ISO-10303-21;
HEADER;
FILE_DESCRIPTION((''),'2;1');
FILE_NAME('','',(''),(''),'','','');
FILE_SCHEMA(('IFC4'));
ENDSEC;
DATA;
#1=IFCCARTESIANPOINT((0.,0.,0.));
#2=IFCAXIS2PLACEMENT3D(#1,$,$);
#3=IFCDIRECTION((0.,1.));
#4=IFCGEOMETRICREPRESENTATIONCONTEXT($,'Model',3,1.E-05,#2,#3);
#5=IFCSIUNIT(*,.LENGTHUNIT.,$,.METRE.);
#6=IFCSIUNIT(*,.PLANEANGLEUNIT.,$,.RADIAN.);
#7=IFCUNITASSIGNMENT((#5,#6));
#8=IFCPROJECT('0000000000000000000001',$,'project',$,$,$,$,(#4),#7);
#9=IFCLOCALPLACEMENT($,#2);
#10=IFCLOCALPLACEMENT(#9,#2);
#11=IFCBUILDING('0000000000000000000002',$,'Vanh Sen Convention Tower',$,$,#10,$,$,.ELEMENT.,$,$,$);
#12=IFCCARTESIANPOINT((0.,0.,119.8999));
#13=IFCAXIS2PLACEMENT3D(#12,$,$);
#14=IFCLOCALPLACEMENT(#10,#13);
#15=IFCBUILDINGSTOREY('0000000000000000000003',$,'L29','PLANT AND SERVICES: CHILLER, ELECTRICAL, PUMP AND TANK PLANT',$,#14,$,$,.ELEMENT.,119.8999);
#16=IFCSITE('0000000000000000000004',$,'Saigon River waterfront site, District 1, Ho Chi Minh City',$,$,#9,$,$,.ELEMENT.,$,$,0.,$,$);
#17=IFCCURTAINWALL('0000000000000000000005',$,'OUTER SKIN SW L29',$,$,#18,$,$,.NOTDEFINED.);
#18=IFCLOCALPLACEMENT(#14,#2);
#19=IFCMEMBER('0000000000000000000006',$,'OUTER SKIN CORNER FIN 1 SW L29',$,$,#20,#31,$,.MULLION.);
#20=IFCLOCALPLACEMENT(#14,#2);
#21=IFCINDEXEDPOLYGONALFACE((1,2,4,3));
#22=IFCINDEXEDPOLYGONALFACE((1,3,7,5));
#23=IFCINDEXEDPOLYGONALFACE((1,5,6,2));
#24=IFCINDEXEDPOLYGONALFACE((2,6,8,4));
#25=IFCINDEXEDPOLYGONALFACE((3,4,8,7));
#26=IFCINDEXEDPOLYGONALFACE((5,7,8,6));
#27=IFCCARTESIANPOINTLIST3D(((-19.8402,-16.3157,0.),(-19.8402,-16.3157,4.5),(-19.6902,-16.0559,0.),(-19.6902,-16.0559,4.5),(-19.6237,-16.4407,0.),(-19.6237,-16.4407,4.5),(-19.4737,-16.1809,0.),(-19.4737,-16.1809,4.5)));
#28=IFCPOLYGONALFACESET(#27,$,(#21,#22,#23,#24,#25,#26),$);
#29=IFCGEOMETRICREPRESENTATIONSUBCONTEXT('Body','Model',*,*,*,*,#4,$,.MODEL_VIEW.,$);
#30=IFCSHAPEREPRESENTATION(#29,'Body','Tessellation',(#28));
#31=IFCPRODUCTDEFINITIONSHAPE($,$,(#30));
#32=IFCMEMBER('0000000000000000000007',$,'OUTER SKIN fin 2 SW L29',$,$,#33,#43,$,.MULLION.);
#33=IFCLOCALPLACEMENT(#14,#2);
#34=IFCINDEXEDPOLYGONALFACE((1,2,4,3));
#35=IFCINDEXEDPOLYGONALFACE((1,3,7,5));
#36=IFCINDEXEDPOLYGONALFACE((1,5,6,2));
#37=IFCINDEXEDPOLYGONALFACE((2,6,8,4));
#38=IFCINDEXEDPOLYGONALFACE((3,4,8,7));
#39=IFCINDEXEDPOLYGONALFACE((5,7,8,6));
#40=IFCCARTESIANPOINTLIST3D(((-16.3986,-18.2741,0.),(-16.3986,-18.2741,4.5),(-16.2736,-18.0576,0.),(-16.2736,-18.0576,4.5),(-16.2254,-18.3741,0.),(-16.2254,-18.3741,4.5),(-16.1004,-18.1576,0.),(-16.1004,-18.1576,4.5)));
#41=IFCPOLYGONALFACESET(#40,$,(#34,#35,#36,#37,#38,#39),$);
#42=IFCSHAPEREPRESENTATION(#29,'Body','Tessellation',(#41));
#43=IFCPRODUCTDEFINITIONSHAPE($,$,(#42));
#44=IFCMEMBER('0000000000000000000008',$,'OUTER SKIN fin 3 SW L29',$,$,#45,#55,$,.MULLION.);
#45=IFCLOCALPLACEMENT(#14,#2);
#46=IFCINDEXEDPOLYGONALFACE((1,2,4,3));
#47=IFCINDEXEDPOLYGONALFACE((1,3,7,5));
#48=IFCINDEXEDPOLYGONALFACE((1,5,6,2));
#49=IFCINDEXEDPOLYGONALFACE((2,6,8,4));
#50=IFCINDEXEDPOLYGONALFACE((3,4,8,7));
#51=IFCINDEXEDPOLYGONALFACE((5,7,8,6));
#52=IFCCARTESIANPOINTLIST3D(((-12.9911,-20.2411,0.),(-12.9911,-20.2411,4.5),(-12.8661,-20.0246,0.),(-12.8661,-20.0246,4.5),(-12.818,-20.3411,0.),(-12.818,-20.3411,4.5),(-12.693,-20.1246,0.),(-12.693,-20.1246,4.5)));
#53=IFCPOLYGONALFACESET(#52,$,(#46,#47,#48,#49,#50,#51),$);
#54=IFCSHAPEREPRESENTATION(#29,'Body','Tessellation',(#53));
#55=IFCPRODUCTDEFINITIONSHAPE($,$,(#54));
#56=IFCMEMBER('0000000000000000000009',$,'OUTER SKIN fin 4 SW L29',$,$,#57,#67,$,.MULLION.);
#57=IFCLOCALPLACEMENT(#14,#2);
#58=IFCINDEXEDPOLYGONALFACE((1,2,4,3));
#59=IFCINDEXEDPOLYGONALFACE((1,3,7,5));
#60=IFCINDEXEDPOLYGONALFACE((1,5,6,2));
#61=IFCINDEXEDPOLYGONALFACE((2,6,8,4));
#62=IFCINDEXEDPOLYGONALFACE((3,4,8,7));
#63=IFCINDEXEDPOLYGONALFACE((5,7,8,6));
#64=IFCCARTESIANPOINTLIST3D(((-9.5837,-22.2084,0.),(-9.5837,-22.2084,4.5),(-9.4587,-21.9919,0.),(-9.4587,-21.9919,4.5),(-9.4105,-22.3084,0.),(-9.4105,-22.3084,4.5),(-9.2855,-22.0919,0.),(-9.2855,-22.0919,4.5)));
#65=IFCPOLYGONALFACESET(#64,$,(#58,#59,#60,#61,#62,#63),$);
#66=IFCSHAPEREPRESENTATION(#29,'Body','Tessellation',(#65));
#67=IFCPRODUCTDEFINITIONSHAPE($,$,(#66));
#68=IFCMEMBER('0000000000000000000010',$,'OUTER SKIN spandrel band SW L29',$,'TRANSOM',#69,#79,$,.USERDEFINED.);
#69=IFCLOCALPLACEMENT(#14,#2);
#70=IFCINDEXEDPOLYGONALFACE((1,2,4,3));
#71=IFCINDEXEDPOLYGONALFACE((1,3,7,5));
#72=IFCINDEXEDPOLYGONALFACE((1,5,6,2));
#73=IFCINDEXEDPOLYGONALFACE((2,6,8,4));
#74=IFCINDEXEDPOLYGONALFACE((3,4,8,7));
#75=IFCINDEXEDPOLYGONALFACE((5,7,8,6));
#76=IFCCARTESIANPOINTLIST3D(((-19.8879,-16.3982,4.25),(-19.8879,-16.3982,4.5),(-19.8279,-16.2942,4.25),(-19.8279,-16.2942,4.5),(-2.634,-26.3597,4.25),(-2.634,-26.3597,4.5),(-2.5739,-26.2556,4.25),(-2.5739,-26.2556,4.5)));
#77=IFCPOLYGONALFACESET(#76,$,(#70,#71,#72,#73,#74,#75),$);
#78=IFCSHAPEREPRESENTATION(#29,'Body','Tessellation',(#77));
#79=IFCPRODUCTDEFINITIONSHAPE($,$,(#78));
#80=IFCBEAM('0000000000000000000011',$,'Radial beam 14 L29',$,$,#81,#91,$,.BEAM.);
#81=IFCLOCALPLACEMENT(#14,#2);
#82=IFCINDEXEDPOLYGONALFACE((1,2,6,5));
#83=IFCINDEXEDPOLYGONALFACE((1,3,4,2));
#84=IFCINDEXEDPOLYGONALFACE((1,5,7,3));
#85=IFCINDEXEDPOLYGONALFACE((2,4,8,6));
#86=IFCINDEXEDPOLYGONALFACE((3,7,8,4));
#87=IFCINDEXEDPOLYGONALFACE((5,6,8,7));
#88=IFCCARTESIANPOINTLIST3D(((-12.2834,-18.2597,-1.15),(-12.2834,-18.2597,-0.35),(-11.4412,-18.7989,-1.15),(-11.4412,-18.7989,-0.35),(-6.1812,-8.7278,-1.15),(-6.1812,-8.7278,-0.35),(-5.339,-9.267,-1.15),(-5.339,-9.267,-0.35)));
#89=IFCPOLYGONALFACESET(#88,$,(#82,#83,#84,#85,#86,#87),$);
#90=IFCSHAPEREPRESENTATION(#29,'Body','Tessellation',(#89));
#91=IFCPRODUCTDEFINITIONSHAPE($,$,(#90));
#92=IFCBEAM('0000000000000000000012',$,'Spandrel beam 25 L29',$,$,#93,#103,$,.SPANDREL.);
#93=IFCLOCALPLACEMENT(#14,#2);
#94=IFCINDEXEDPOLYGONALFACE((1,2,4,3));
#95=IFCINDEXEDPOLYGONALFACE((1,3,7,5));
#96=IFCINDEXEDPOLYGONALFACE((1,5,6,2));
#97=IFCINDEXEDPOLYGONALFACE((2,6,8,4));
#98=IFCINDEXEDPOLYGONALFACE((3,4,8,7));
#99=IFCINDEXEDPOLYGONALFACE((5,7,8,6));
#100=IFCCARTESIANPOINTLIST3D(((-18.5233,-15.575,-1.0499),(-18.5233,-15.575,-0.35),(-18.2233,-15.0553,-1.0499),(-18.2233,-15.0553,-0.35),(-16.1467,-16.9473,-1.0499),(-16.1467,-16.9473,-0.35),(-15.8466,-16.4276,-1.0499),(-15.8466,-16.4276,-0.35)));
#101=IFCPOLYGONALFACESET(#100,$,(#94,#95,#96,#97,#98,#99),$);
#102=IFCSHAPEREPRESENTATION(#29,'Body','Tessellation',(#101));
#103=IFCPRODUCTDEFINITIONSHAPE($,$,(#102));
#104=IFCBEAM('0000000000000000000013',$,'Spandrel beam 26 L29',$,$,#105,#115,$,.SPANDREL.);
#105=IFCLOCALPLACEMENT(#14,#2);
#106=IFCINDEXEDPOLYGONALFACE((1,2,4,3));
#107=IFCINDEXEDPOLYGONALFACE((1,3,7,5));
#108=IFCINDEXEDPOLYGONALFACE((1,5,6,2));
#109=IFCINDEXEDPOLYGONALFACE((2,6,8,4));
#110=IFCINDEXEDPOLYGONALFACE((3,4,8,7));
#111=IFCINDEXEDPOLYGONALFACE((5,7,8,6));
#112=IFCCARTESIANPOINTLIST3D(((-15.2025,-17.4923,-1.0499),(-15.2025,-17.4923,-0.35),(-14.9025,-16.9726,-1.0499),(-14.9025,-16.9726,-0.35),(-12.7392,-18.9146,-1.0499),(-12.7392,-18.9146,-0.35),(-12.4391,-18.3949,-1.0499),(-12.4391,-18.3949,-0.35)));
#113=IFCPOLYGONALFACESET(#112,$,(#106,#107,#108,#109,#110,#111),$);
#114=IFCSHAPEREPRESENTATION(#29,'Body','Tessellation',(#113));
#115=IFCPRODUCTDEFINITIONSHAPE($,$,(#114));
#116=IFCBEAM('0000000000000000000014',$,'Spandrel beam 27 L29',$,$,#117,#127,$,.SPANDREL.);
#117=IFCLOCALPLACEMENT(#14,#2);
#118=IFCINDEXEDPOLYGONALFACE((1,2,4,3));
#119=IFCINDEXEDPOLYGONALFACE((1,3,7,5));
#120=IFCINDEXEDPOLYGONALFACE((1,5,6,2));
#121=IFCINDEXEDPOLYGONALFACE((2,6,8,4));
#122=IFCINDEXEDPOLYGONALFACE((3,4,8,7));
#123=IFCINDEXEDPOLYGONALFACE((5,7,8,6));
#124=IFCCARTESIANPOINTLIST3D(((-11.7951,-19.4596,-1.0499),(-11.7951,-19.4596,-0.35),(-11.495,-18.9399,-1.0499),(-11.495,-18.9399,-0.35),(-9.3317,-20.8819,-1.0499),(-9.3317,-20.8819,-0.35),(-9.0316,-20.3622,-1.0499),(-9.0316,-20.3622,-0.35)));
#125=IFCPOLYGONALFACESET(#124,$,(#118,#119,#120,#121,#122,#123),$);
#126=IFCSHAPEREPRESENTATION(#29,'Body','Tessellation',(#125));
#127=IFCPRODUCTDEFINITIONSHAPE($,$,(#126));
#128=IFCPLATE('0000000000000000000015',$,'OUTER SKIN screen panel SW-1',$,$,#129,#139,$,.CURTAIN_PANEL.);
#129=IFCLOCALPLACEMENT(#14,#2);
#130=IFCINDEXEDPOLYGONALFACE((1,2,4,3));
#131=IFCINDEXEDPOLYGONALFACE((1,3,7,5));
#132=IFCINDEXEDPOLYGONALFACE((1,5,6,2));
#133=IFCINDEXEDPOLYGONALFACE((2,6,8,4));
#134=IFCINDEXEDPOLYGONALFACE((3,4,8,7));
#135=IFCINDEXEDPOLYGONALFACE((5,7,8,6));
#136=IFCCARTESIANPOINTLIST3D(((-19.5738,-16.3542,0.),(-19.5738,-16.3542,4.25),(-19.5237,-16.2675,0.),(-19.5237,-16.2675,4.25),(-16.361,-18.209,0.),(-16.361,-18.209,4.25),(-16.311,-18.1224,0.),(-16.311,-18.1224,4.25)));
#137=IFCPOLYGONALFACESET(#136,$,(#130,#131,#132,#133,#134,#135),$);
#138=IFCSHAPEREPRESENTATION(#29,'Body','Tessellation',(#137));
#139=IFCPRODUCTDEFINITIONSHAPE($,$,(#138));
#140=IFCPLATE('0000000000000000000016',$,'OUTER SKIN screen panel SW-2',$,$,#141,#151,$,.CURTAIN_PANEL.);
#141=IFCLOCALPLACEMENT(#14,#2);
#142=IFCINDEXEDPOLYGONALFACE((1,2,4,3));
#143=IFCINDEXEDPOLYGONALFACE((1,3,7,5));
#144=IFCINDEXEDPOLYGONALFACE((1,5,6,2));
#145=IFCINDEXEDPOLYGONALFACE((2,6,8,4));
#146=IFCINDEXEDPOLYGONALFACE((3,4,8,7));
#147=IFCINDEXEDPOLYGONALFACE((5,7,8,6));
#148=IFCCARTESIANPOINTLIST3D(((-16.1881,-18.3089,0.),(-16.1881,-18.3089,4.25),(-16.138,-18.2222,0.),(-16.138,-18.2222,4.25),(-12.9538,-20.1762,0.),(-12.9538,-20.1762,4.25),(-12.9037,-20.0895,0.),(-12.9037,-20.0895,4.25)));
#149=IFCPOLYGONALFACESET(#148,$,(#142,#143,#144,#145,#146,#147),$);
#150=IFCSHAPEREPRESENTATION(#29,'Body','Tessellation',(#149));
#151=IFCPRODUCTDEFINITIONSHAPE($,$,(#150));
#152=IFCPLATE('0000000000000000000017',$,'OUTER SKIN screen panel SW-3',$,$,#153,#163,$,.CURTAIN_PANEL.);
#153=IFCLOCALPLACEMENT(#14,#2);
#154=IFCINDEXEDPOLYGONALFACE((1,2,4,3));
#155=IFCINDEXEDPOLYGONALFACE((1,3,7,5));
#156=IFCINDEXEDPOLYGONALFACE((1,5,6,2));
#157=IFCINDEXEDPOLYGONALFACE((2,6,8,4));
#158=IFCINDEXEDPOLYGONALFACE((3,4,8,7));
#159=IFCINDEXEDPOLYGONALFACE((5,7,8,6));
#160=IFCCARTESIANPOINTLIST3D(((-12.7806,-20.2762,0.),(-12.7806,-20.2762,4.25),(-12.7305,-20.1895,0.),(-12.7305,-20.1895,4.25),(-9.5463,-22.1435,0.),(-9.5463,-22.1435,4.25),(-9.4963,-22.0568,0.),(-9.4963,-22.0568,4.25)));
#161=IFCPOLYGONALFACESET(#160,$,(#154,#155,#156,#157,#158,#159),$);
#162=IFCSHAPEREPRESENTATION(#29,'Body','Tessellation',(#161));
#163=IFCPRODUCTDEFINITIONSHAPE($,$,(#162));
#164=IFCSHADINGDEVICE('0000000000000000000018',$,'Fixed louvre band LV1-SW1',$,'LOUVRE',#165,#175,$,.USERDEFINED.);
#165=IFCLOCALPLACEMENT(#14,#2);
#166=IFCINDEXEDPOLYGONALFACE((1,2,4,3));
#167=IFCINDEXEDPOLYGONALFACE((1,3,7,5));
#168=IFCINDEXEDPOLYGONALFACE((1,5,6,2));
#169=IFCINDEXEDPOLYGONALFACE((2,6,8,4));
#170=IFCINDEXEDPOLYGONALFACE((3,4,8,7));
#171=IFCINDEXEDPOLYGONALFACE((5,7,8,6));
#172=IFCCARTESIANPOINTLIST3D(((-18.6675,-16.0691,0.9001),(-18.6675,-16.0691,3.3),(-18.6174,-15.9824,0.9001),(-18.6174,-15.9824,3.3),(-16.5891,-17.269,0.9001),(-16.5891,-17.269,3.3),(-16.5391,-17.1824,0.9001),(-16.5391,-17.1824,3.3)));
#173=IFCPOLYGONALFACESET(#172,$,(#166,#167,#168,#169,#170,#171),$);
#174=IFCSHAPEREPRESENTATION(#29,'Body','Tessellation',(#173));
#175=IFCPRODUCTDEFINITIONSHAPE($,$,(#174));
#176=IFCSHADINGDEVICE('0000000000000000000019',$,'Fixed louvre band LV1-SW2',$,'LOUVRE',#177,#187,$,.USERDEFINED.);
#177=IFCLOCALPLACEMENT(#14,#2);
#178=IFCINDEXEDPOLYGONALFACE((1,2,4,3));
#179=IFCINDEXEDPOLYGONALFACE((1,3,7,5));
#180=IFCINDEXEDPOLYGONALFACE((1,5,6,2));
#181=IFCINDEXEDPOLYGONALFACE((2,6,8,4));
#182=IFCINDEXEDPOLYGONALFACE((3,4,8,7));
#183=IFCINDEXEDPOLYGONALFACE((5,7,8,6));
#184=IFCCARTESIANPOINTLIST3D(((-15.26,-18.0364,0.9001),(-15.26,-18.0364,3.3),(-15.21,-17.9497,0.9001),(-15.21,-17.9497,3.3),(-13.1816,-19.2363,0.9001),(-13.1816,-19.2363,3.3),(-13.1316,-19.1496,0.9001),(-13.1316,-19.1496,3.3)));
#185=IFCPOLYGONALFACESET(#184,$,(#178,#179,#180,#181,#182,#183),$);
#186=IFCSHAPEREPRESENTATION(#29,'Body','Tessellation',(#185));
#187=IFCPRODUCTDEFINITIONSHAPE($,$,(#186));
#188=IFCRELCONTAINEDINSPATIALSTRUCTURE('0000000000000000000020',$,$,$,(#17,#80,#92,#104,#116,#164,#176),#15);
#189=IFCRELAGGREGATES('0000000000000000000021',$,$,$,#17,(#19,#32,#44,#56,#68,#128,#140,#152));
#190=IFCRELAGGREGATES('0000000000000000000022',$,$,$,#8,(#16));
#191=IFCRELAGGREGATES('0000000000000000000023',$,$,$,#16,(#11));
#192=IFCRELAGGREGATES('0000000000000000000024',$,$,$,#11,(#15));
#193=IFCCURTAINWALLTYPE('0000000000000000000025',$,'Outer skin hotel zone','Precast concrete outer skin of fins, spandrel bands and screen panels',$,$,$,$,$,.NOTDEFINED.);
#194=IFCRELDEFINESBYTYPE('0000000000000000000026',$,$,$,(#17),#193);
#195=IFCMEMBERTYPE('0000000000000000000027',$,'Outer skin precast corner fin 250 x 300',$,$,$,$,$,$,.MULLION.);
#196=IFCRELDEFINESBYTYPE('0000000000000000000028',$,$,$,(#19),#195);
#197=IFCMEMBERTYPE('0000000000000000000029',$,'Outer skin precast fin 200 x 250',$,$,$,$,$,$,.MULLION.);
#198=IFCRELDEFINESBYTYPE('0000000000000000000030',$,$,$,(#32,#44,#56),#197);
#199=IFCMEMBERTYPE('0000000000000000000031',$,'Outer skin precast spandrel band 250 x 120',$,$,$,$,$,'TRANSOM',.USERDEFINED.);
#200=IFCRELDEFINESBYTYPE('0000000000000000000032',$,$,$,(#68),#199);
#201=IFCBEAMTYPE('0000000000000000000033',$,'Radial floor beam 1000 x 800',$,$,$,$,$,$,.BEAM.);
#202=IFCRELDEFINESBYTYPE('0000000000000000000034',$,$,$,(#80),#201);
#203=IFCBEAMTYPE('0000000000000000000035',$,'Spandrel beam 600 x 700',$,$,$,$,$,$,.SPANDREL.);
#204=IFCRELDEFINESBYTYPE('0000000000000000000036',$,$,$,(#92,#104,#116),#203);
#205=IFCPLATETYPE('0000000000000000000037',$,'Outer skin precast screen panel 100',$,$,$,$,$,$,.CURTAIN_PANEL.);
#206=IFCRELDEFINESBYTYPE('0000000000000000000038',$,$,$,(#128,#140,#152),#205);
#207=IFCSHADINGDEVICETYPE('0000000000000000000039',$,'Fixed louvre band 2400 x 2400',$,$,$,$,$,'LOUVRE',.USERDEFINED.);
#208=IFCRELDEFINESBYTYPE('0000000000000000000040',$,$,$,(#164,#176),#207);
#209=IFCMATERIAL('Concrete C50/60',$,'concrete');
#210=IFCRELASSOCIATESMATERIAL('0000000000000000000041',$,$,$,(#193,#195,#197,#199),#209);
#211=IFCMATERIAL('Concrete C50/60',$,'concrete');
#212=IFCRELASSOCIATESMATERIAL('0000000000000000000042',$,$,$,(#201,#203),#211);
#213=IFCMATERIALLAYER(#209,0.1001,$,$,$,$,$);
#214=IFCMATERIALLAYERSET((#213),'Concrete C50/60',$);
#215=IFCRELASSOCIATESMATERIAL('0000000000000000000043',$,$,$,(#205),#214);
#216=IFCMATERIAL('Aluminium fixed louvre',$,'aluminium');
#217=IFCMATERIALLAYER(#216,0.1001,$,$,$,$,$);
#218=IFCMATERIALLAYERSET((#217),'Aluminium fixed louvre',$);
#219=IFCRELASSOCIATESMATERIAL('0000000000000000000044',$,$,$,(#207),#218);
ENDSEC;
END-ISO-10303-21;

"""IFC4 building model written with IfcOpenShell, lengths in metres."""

from ifc_helpers import new_model, si_unit, direction, frame, origin, origin_2d, place, context, subcontext, project, spatial, rectangle, extrude, material, layer, layer_set, material_profile, profile_set, type_object, element, aggregate, save


model = new_model("IFC4")

# Units and contexts
model_context = context("Model", 3, precision=1e-05, world=origin(), true_north=direction((0.0, 1.0)))
body_context = subcontext(model_context, "Body", "Model", "MODEL_VIEW")
ifc_project = project(units=[si_unit("LENGTHUNIT", "METRE"), si_unit("PLANEANGLEUNIT", "RADIAN")], contexts=[model_context])

# Site, building, storey
site_placement = place(None, origin())
site = spatial("IfcSite", under=ifc_project, at=site_placement, Name="Saigon River waterfront site, District 1, Ho Chi Minh City", CompositionType="ELEMENT", RefElevation=0.0)
building_placement = place(site_placement, origin())
building = spatial("IfcBuilding", under=site, at=building_placement, Name="Vanh Sen Convention Tower", CompositionType="ELEMENT")
storey_placement = place(building_placement, frame((0.0, 0.0, 119.8999)))
storey = spatial("IfcBuildingStorey", under=building, at=storey_placement, Name="L29", Description="PLANT AND SERVICES: CHILLER, ELECTRICAL, PUMP AND TANK PLANT", CompositionType="ELEMENT", Elevation=119.8999)

# Curtain wall, members
ifc_material_1 = material(Name="Concrete C50/60", Category="concrete")
curtain_wall_type = type_object("IfcCurtainWallType", Name="Outer skin hotel zone", Description="Precast concrete outer skin of fins, spandrel bands and screen panels", PredefinedType="NOTDEFINED", material=ifc_material_1)
curtain_wall_placement = place(storey_placement, origin())
curtain_wall = element("IfcCurtainWall", 1, at=curtain_wall_placement, inside=storey, type_object=curtain_wall_type, Name="OUTER SKIN SW L29", PredefinedType="NOTDEFINED")
ifc_material_profile_1 = material_profile(ifc_material_1, rectangle(XDim=0.25, YDim=0.3, at=origin_2d()), Name="Outer skin precast corner fin 250 x 300")
ifc_profile_set_1 = profile_set([ifc_material_profile_1], Name="Concrete C50/60")
member_type_1 = type_object("IfcMemberType", Name="Outer skin precast corner fin 250 x 300", PredefinedType="MULLION", material=ifc_profile_set_1)
member_1_placement = place(storey_placement, frame((-19.657, -16.2483, 0.0), z_axis=(0.0, 0.0, 1.0), x_axis=(0.866025, -0.5, 0.0)))
member_1 = element("IfcMember", 2, at=member_1_placement, type_object=member_type_1, Name="OUTER SKIN CORNER FIN 1 SW L29", PredefinedType="MULLION", context=body_context, shape_type="SweptSolid", body=[
    extrude(rectangle(XDim=0.25, YDim=0.3, at=origin_2d()), origin(), (0.0, 0.0, 1.0), 4.5),
])
ifc_material_profile_2 = material_profile(ifc_material_1, rectangle(XDim=0.2, YDim=0.25, at=origin_2d()), Name="Outer skin precast fin 200 x 250")
ifc_profile_set_2 = profile_set([ifc_material_profile_2], Name="Concrete C50/60")
member_type_2 = type_object("IfcMemberType", Name="Outer skin precast fin 200 x 250", PredefinedType="MULLION", material=ifc_profile_set_2)
member_2_placement = place(storey_placement, frame((-16.2495, -18.2158, 0.0), z_axis=(0.0, 0.0, 1.0), x_axis=(0.866025, -0.5, 0.0)))
member_2 = element("IfcMember", 3, at=member_2_placement, type_object=member_type_2, Name="OUTER SKIN fin 2 SW L29", PredefinedType="MULLION", context=body_context, shape_type="SweptSolid", body=[
    extrude(rectangle(XDim=0.2, YDim=0.25, at=origin_2d()), origin(), (0.0, 0.0, 1.0), 4.5),
])
member_3_placement = place(storey_placement, frame((-12.842, -20.1829, 0.0), z_axis=(0.0, 0.0, 1.0), x_axis=(0.866025, -0.5, 0.0)))
member_3 = element("IfcMember", 4, at=member_3_placement, type_object=member_type_2, Name="OUTER SKIN fin 3 SW L29", PredefinedType="MULLION", context=body_context, shape_type="SweptSolid", body=[
    extrude(rectangle(XDim=0.2, YDim=0.25, at=origin_2d()), origin(), (0.0, 0.0, 1.0), 4.5),
])
member_4_placement = place(storey_placement, frame((-9.4346, -22.1501, 0.0), z_axis=(0.0, 0.0, 1.0), x_axis=(0.866025, -0.5, 0.0)))
member_4 = element("IfcMember", 5, at=member_4_placement, type_object=member_type_2, Name="OUTER SKIN fin 4 SW L29", PredefinedType="MULLION", context=body_context, shape_type="SweptSolid", body=[
    extrude(rectangle(XDim=0.2, YDim=0.25, at=origin_2d()), origin(), (0.0, 0.0, 1.0), 4.5),
])
ifc_material_profile_3 = material_profile(ifc_material_1, rectangle(XDim=0.1201, YDim=0.25, at=origin_2d()), Name="Outer skin precast spandrel band 250 x 120")
ifc_profile_set_3 = profile_set([ifc_material_profile_3], Name="Concrete C50/60")
member_type_3 = type_object("IfcMemberType", Name="Outer skin precast spandrel band 250 x 120", ElementType="TRANSOM", PredefinedType="USERDEFINED", material=ifc_profile_set_3)
member_5_placement = place(storey_placement, frame((-19.8579, -16.3462, 4.375), z_axis=(0.866028, -0.499995, 0.0), x_axis=(0.499995, 0.866028, 0.0)))
member_5 = element("IfcMember", 6, at=member_5_placement, type_object=member_type_3, Name="OUTER SKIN spandrel band SW L29", ObjectType="TRANSOM", PredefinedType="USERDEFINED", context=body_context, shape_type="SweptSolid", body=[
    extrude(rectangle(XDim=0.1201, YDim=0.25, at=origin_2d()), origin(), (0.0, 0.0, 1.0), 19.9231),
])

# Beams
ifc_material_2 = material(Name="Concrete C50/60", Category="concrete")
ifc_material_profile_4 = material_profile(ifc_material_2, rectangle(XDim=1.0, YDim=0.8, at=origin_2d()), Name="RC 1000X800")
ifc_profile_set_4 = profile_set([ifc_material_profile_4], Name="Concrete C50/60")
beam_type_1 = type_object("IfcBeamType", Name="Radial floor beam 1000 x 800", PredefinedType="BEAM", material=ifc_profile_set_4)
beam_1_placement = place(storey_placement, frame((-11.8623, -18.5293, -0.75), z_axis=(0.539168, 0.842198, 0.0), x_axis=(-0.842198, 0.539168, 0.0)))
element("IfcBeam", 7, at=beam_1_placement, inside=storey, type_object=beam_type_1, Name="Radial beam 14 L29", PredefinedType="BEAM", context=body_context, shape_type="SweptSolid", body=[
    extrude(rectangle(XDim=1.0, YDim=0.8, at=origin_2d()), origin(), (0.0, 0.0, 1.0), 11.3179),
])
ifc_material_profile_5 = material_profile(ifc_material_2, rectangle(XDim=0.6001, YDim=0.7, at=origin_2d()), Name="RC 600X700")
ifc_profile_set_5 = profile_set([ifc_material_profile_5], Name="Concrete C50/60")
beam_type_2 = type_object("IfcBeamType", Name="Spandrel beam 600 x 700", PredefinedType="SPANDREL", material=ifc_profile_set_5)
beam_2_placement = place(storey_placement, frame((-18.3733, -15.3152, -0.7), z_axis=(0.866006, -0.500033, 0.0), x_axis=(0.500033, 0.866006, 0.0)))
element("IfcBeam", 8, at=beam_2_placement, inside=storey, type_object=beam_type_2, Name="Spandrel beam 25 L29", PredefinedType="SPANDREL", context=body_context, shape_type="SweptSolid", body=[
    extrude(rectangle(XDim=0.6001, YDim=0.7, at=origin_2d()), origin(), (0.0, 0.0, 1.0), 2.7444),
])
for number, where, z_axis, x_axis, name in (
    (9, (-15.0525, -17.2324, -0.7), (0.866005, -0.500034, 0.0), (0.500034, 0.866005, 0.0), "Spandrel beam 26 L29"),
    (10, (-11.645, -19.1997, -0.7), (0.866005, -0.500034, 0.0), (0.500034, 0.866005, 0.0), "Spandrel beam 27 L29"),
):
    element("IfcBeam", number, at=place(storey_placement, frame(where, z_axis=z_axis, x_axis=x_axis)), inside=storey, type_object=beam_type_2, Name=name, PredefinedType="SPANDREL", context=body_context, shape_type="SweptSolid", body=[
        extrude(rectangle(XDim=0.6001, YDim=0.7, at=origin_2d()), origin(), (0.0, 0.0, 1.0), 2.8445),
    ])

# Plates
ifc_layer_1 = layer(ifc_material_1, 0.1001)
ifc_layer_set_1 = layer_set([ifc_layer_1], Name="Concrete C50/60")
plate_type = type_object("IfcPlateType", Name="Outer skin precast screen panel 100", PredefinedType="CURTAIN_PANEL", material=ifc_layer_set_1)
plate_1_placement = place(storey_placement, frame((-17.9424, -17.2383, 0.0), z_axis=(0.0, 0.0, 1.0), x_axis=(0.866028, -0.499995, 0.0)))
plate_1 = element("IfcPlate", 11, at=plate_1_placement, type_object=plate_type, Name="OUTER SKIN screen panel SW-1", PredefinedType="CURTAIN_PANEL", context=body_context, shape_type="SweptSolid", body=[
    extrude(rectangle(XDim=3.7097, YDim=0.1001, at=origin_2d()), origin(), (0.0, 0.0, 1.0), 4.25),
])
plate_2_placement = place(storey_placement, frame((-14.5459, -19.1992, 0.0), z_axis=(0.0, 0.0, 1.0), x_axis=(0.866032, -0.499988, 0.0)))
plate_2 = element("IfcPlate", 12, at=plate_2_placement, type_object=plate_type, Name="OUTER SKIN screen panel SW-2", PredefinedType="CURTAIN_PANEL", context=body_context, shape_type="SweptSolid", body=[
    extrude(rectangle(XDim=3.7346, YDim=0.1001, at=origin_2d()), origin(), (0.0, 0.0, 1.0), 4.25),
])
plate_3_placement = place(storey_placement, frame((-11.1384, -21.1665, 0.0), z_axis=(0.0, 0.0, 1.0), x_axis=(0.866028, -0.499995, 0.0)))
plate_3 = element("IfcPlate", 13, at=plate_3_placement, type_object=plate_type, Name="OUTER SKIN screen panel SW-3", PredefinedType="CURTAIN_PANEL", context=body_context, shape_type="SweptSolid", body=[
    extrude(rectangle(XDim=3.7346, YDim=0.1001, at=origin_2d()), origin(), (0.0, 0.0, 1.0), 4.25),
])
aggregate(curtain_wall, [member_1, member_2, member_3, member_4, member_5, plate_1, plate_2, plate_3])

# Shading devices
ifc_material_3 = material(Name="Aluminium fixed louvre", Category="aluminium")
ifc_layer_2 = layer(ifc_material_3, 0.1001)
ifc_layer_set_2 = layer_set([ifc_layer_2], Name="Aluminium fixed louvre")
shading_device_type = type_object("IfcShadingDeviceType", Name="Fixed louvre band 2400 x 2400", ElementType="LOUVRE", PredefinedType="USERDEFINED", material=ifc_layer_set_2)
for number, where, z_axis, x_axis, name in (
    (14, (-17.6033, -16.6257, 0.9001), (0.0, 0.0, 1.0), (0.866027, -0.499997, 0.0), "Fixed louvre band LV1-SW1"),
    (15, (-14.1958, -18.593, 0.9001), (0.0, 0.0, 1.0), (0.866027, -0.499997, 0.0), "Fixed louvre band LV1-SW2"),
):
    element("IfcShadingDevice", number, at=place(storey_placement, frame(where, z_axis=z_axis, x_axis=x_axis)), inside=storey, type_object=shading_device_type, Name=name, ObjectType="LOUVRE", PredefinedType="USERDEFINED", context=body_context, shape_type="SweptSolid", body=[
        extrude(rectangle(XDim=2.3999, YDim=0.1001, at=origin_2d()), origin(), (0.0, 0.0, 1.0), 2.3999),
    ])

save(model, "model.ifc")
